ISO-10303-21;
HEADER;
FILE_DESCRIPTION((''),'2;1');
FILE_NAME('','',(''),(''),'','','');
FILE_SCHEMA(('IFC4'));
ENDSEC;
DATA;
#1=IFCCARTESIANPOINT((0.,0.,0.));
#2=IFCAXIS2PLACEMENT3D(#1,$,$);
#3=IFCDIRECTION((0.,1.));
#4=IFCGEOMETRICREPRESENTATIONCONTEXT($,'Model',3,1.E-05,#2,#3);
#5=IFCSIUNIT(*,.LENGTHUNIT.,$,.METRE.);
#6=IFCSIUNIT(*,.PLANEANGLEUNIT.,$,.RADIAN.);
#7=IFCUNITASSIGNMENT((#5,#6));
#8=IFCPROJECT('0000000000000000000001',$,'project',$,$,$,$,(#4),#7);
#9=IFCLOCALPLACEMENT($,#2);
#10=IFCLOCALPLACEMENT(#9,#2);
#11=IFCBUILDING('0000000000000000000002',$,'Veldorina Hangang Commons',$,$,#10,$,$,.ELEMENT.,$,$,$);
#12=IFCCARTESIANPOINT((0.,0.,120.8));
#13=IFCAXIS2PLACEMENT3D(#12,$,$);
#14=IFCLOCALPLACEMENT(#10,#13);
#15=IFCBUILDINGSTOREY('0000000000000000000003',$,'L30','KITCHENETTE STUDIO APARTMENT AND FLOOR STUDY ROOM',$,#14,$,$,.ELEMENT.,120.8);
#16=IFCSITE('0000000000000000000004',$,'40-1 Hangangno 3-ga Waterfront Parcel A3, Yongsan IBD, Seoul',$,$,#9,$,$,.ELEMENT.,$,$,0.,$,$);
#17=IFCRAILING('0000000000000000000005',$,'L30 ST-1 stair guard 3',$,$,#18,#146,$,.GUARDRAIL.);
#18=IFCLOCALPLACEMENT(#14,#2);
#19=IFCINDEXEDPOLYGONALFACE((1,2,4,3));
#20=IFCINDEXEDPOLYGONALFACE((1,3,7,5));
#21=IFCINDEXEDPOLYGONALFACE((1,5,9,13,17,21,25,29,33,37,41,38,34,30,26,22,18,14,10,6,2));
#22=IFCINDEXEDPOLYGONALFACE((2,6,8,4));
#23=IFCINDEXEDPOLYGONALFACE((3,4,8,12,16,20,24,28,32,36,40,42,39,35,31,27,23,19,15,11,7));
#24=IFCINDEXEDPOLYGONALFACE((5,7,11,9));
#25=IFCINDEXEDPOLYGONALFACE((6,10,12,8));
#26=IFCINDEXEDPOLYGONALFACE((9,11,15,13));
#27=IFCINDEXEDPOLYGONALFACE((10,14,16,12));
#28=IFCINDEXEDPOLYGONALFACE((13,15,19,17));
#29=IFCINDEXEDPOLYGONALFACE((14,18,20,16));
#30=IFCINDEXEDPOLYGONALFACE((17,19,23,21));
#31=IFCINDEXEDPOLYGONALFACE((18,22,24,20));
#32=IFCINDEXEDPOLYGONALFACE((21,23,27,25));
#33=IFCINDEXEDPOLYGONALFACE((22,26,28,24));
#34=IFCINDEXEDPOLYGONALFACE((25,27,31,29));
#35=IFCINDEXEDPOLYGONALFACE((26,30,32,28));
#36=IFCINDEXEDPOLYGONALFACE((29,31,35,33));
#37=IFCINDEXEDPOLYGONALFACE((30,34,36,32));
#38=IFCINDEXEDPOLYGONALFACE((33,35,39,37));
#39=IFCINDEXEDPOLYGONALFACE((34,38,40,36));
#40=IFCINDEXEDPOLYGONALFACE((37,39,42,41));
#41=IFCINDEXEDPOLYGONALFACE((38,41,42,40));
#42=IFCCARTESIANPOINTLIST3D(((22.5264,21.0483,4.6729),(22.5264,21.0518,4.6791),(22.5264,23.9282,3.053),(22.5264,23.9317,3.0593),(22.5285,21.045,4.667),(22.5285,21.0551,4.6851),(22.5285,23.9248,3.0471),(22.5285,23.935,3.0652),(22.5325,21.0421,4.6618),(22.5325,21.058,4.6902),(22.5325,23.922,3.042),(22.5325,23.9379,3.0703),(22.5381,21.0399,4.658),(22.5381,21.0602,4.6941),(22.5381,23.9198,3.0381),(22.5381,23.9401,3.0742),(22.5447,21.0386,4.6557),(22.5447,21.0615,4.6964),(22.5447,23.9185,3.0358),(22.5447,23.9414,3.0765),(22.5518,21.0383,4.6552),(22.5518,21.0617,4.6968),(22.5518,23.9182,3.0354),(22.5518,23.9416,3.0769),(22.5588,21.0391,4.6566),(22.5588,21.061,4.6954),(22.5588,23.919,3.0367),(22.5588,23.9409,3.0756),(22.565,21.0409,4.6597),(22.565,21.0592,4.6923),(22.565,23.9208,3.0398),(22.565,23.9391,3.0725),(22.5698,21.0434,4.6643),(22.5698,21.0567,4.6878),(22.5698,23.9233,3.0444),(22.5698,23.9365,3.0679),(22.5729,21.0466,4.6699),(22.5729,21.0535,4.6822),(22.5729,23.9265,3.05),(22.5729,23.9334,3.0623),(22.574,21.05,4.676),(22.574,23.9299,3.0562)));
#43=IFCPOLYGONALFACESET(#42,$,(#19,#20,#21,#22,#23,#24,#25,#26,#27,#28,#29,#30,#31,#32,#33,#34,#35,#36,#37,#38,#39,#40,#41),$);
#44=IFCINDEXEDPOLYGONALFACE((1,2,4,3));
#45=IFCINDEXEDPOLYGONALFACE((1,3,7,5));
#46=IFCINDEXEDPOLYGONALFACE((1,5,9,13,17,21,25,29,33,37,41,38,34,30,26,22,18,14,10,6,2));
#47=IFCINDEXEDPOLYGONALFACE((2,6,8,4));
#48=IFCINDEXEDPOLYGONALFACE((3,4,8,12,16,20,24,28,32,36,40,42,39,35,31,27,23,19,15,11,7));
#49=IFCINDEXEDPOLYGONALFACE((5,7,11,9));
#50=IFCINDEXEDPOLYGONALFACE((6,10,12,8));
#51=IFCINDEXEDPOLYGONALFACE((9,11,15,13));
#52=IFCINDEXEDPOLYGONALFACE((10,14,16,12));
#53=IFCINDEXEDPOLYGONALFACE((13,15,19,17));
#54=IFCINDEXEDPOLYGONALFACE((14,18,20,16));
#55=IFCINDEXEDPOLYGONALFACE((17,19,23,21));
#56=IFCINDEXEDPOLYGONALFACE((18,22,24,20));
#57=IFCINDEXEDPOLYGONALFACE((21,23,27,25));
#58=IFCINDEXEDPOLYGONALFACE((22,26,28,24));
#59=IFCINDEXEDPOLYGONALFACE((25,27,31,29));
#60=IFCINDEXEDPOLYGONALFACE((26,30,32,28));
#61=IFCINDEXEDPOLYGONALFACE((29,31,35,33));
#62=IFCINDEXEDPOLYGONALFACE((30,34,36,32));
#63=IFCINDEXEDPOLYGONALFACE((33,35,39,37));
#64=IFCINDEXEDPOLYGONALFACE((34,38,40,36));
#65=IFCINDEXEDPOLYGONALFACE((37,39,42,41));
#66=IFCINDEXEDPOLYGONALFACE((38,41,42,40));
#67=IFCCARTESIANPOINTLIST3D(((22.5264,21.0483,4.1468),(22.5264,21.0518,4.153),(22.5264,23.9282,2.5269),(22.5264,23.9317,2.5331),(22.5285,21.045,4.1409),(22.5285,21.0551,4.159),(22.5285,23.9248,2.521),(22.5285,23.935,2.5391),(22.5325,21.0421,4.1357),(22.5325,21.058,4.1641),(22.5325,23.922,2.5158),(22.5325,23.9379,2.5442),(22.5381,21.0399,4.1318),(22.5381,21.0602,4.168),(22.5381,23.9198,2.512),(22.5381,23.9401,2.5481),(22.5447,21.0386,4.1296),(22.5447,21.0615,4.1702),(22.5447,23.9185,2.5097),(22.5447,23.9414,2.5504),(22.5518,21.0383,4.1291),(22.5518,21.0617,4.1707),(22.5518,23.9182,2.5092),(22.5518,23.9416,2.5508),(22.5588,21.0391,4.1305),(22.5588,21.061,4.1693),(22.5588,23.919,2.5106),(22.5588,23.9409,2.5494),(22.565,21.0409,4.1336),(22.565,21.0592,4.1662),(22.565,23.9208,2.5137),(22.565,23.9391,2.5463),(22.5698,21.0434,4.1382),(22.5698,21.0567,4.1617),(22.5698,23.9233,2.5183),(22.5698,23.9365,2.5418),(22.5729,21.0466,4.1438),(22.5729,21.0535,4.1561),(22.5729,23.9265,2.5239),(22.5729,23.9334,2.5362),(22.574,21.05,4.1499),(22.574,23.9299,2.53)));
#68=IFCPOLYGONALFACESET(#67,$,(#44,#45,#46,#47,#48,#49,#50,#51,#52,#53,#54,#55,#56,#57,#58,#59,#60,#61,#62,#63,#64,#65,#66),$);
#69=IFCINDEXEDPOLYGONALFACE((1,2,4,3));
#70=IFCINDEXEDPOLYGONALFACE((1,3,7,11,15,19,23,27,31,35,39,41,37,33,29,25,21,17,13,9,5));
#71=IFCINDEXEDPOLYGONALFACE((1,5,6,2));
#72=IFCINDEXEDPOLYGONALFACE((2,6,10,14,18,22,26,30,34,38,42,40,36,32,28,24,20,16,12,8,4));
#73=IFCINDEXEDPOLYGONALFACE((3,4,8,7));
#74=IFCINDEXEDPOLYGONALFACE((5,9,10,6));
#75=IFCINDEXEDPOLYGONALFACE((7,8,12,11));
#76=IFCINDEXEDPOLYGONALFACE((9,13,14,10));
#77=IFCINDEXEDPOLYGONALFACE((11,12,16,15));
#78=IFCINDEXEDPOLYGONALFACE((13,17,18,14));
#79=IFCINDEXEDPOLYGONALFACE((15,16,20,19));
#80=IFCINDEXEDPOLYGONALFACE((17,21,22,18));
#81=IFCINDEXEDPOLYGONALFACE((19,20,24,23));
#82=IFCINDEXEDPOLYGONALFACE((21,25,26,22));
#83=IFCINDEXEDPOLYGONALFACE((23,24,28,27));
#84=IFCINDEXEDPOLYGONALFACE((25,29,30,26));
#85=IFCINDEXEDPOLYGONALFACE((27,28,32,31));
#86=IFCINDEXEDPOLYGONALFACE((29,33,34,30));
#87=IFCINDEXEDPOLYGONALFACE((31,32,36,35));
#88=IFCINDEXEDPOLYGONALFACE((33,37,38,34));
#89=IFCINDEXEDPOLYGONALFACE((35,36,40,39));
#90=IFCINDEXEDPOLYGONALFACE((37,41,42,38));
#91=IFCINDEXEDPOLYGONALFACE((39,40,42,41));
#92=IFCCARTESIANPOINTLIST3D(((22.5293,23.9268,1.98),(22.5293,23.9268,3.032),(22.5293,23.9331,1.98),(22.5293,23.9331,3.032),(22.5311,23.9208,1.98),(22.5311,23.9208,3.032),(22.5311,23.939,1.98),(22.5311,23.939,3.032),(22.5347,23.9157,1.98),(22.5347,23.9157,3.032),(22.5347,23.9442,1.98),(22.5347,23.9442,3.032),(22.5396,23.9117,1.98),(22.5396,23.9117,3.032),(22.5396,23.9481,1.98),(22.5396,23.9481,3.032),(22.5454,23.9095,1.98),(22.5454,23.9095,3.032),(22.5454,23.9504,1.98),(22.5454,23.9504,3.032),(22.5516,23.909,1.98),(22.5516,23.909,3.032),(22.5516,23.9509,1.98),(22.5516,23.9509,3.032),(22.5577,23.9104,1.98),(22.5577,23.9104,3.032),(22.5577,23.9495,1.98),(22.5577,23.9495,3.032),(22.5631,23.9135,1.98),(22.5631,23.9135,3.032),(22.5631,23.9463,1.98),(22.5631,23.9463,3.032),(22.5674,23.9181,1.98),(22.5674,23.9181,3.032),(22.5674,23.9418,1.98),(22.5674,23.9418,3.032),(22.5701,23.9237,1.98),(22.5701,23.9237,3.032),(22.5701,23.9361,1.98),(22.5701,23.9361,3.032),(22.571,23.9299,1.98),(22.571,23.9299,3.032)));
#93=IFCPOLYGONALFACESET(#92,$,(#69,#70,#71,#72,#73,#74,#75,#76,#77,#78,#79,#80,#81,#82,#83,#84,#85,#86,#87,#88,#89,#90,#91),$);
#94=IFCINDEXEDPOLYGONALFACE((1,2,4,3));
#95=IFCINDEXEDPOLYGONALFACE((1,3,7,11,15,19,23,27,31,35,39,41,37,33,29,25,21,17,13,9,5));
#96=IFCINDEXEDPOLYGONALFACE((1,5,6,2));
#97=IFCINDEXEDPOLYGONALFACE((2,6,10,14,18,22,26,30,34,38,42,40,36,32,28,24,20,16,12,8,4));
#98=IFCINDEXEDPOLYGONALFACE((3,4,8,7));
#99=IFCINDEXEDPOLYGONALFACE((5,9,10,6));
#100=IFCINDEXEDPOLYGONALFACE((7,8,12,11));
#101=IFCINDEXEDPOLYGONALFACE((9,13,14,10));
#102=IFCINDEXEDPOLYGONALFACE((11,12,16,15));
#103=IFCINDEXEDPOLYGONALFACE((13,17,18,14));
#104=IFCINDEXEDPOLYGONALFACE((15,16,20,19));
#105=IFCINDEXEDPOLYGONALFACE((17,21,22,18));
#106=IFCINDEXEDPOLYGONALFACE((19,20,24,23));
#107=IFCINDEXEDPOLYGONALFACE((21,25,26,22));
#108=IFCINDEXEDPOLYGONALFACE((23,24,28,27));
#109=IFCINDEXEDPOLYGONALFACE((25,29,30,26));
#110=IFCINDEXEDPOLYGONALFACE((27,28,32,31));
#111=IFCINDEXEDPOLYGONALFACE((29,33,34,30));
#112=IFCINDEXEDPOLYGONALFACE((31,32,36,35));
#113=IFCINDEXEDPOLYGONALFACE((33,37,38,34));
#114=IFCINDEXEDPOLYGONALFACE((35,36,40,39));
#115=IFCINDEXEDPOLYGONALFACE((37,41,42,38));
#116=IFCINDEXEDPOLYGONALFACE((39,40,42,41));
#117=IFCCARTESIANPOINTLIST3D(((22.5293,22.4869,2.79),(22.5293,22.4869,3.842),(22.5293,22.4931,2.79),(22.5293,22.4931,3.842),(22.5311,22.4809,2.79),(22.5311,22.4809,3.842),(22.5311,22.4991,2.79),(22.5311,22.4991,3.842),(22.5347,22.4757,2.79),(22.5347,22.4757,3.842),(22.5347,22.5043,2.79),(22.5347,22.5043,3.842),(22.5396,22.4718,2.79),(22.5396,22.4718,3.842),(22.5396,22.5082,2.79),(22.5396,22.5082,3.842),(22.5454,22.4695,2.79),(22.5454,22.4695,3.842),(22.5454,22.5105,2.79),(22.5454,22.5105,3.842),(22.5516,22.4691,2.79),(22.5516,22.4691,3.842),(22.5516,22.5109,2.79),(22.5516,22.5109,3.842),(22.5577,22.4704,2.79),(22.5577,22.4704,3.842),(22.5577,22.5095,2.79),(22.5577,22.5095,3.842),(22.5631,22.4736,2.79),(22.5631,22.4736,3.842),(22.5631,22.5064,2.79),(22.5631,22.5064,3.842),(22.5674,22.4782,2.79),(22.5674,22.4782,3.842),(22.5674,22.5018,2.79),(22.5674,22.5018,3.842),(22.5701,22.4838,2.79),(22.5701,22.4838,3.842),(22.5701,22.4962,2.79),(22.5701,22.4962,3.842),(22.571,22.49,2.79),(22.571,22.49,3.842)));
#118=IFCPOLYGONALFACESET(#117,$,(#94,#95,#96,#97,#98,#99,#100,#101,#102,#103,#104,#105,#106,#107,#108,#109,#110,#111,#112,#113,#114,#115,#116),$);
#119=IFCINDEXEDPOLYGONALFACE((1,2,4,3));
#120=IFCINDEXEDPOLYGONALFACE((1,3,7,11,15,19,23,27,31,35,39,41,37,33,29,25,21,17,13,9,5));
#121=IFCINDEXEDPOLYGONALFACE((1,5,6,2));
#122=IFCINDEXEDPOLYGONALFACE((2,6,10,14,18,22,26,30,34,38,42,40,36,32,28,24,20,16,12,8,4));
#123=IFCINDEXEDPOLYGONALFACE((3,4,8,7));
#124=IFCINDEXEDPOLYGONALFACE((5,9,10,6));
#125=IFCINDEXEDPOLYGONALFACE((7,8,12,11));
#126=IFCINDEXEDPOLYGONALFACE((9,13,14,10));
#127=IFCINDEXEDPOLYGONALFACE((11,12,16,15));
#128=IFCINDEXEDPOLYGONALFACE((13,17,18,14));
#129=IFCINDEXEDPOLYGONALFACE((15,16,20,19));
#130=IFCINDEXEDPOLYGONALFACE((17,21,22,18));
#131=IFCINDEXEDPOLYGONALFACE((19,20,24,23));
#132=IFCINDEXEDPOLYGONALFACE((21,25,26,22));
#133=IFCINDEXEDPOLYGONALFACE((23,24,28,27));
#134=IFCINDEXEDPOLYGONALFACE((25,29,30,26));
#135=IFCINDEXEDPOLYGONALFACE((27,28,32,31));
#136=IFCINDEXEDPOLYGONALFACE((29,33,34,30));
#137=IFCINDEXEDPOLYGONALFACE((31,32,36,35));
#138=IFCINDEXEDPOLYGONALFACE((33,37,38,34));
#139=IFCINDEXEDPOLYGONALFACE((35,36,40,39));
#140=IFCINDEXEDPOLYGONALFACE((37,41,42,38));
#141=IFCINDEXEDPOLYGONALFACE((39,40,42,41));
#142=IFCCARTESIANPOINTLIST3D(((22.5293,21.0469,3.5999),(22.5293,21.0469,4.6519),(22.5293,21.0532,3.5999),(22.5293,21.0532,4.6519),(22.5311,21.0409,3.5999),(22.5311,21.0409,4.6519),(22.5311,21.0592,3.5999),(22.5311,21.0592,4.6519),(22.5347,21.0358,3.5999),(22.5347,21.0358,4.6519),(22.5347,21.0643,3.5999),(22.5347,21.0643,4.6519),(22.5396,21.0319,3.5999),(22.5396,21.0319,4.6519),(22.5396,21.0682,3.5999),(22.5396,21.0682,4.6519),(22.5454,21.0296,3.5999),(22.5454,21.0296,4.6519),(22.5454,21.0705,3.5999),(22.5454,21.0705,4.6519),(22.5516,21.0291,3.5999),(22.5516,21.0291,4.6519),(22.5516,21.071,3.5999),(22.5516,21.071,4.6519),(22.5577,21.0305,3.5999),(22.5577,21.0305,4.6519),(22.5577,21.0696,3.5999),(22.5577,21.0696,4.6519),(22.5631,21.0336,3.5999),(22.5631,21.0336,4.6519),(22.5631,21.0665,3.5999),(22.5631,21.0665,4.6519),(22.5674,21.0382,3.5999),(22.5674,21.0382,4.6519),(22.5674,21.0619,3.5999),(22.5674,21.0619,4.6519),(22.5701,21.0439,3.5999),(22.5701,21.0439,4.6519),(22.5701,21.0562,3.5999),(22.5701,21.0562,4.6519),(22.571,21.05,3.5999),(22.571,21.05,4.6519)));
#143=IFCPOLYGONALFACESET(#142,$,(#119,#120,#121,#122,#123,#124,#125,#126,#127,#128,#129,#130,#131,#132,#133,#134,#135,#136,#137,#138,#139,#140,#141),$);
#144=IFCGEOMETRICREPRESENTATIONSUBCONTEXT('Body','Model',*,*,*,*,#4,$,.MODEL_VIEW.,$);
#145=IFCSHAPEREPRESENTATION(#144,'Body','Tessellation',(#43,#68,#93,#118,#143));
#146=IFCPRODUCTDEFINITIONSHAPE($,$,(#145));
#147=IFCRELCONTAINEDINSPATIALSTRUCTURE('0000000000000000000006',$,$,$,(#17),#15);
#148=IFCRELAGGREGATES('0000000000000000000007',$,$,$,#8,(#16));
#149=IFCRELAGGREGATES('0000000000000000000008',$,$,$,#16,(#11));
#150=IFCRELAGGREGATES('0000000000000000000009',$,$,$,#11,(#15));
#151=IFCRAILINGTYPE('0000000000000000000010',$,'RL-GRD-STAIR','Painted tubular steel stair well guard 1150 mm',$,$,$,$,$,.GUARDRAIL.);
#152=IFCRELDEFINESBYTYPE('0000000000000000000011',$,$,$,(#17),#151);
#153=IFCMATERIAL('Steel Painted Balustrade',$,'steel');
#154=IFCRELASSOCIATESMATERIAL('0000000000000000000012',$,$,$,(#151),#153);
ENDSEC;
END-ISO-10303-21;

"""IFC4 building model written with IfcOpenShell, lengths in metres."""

from ifc_helpers import new_model, si_unit, direction, frame, origin, origin_2d, place, context, subcontext, project, spatial, circle, extrude, material, type_object, element, save


model = new_model("IFC4")

# Units and contexts
model_context = context("Model", 3, precision=1e-05, world=origin(), true_north=direction((0.0, 1.0)))
body_context = subcontext(model_context, "Body", "Model", "MODEL_VIEW")
ifc_project = project(units=[si_unit("LENGTHUNIT", "METRE"), si_unit("PLANEANGLEUNIT", "RADIAN")], contexts=[model_context])

# Site, building, storey
site_placement = place(None, origin())
site = spatial("IfcSite", under=ifc_project, at=site_placement, Name="40-1 Hangangno 3-ga Waterfront Parcel A3, Yongsan IBD, Seoul", CompositionType="ELEMENT", RefElevation=0.0)
building_placement = place(site_placement, origin())
building = spatial("IfcBuilding", under=site, at=building_placement, Name="Veldorina Hangang Commons", CompositionType="ELEMENT")
storey_placement = place(building_placement, frame((0.0, 0.0, 120.8)))
storey = spatial("IfcBuildingStorey", under=building, at=storey_placement, Name="L30", Description="KITCHENETTE STUDIO APARTMENT AND FLOOR STUDY ROOM", CompositionType="ELEMENT", Elevation=120.8)

# Railing
ifc_material_1 = material(Name="Steel Painted Balustrade", Category="steel")
railing_type_1 = type_object("IfcRailingType", Name="RL-GRD-STAIR", Description="Painted tubular steel stair well guard 1150 mm", PredefinedType="GUARDRAIL", material=ifc_material_1)
railing_1_placement = place(storey_placement, frame((22.55, 23.9299, 1.98)))
element("IfcRailing", 1, at=railing_1_placement, inside=storey, type_object=railing_type_1, Name="L30 ST-1 stair guard 3", PredefinedType="GUARDRAIL", context=body_context, shape_type="SweptSolid", body=[
    extrude(circle(Radius=0.0239, at=origin_2d()), frame((0.0, 0.0, 1.0762), z_axis=(0.0, -0.871583, 0.490247), x_axis=(1.0, 0.0, 0.0)), (0.0, 0.0, 1.0), 3.3042),
    extrude(circle(Radius=0.0239, at=origin_2d()), frame((0.0, 0.0, 0.55), z_axis=(0.0, -0.871583, 0.490247), x_axis=(1.0, 0.0, 0.0)), (0.0, 0.0, 1.0), 3.3042),
    extrude(circle(Radius=0.021, at=origin_2d()), origin(), (0.0, 0.0, 1.0), 1.052),
    extrude(circle(Radius=0.021, at=origin_2d()), frame((0.0, -1.4399, 0.8101)), (0.0, 0.0, 1.0), 1.052),
    extrude(circle(Radius=0.021, at=origin_2d()), frame((0.0, -2.8799, 1.6199)), (0.0, 0.0, 1.0), 1.052),
])

save(model, "model.ifc")
